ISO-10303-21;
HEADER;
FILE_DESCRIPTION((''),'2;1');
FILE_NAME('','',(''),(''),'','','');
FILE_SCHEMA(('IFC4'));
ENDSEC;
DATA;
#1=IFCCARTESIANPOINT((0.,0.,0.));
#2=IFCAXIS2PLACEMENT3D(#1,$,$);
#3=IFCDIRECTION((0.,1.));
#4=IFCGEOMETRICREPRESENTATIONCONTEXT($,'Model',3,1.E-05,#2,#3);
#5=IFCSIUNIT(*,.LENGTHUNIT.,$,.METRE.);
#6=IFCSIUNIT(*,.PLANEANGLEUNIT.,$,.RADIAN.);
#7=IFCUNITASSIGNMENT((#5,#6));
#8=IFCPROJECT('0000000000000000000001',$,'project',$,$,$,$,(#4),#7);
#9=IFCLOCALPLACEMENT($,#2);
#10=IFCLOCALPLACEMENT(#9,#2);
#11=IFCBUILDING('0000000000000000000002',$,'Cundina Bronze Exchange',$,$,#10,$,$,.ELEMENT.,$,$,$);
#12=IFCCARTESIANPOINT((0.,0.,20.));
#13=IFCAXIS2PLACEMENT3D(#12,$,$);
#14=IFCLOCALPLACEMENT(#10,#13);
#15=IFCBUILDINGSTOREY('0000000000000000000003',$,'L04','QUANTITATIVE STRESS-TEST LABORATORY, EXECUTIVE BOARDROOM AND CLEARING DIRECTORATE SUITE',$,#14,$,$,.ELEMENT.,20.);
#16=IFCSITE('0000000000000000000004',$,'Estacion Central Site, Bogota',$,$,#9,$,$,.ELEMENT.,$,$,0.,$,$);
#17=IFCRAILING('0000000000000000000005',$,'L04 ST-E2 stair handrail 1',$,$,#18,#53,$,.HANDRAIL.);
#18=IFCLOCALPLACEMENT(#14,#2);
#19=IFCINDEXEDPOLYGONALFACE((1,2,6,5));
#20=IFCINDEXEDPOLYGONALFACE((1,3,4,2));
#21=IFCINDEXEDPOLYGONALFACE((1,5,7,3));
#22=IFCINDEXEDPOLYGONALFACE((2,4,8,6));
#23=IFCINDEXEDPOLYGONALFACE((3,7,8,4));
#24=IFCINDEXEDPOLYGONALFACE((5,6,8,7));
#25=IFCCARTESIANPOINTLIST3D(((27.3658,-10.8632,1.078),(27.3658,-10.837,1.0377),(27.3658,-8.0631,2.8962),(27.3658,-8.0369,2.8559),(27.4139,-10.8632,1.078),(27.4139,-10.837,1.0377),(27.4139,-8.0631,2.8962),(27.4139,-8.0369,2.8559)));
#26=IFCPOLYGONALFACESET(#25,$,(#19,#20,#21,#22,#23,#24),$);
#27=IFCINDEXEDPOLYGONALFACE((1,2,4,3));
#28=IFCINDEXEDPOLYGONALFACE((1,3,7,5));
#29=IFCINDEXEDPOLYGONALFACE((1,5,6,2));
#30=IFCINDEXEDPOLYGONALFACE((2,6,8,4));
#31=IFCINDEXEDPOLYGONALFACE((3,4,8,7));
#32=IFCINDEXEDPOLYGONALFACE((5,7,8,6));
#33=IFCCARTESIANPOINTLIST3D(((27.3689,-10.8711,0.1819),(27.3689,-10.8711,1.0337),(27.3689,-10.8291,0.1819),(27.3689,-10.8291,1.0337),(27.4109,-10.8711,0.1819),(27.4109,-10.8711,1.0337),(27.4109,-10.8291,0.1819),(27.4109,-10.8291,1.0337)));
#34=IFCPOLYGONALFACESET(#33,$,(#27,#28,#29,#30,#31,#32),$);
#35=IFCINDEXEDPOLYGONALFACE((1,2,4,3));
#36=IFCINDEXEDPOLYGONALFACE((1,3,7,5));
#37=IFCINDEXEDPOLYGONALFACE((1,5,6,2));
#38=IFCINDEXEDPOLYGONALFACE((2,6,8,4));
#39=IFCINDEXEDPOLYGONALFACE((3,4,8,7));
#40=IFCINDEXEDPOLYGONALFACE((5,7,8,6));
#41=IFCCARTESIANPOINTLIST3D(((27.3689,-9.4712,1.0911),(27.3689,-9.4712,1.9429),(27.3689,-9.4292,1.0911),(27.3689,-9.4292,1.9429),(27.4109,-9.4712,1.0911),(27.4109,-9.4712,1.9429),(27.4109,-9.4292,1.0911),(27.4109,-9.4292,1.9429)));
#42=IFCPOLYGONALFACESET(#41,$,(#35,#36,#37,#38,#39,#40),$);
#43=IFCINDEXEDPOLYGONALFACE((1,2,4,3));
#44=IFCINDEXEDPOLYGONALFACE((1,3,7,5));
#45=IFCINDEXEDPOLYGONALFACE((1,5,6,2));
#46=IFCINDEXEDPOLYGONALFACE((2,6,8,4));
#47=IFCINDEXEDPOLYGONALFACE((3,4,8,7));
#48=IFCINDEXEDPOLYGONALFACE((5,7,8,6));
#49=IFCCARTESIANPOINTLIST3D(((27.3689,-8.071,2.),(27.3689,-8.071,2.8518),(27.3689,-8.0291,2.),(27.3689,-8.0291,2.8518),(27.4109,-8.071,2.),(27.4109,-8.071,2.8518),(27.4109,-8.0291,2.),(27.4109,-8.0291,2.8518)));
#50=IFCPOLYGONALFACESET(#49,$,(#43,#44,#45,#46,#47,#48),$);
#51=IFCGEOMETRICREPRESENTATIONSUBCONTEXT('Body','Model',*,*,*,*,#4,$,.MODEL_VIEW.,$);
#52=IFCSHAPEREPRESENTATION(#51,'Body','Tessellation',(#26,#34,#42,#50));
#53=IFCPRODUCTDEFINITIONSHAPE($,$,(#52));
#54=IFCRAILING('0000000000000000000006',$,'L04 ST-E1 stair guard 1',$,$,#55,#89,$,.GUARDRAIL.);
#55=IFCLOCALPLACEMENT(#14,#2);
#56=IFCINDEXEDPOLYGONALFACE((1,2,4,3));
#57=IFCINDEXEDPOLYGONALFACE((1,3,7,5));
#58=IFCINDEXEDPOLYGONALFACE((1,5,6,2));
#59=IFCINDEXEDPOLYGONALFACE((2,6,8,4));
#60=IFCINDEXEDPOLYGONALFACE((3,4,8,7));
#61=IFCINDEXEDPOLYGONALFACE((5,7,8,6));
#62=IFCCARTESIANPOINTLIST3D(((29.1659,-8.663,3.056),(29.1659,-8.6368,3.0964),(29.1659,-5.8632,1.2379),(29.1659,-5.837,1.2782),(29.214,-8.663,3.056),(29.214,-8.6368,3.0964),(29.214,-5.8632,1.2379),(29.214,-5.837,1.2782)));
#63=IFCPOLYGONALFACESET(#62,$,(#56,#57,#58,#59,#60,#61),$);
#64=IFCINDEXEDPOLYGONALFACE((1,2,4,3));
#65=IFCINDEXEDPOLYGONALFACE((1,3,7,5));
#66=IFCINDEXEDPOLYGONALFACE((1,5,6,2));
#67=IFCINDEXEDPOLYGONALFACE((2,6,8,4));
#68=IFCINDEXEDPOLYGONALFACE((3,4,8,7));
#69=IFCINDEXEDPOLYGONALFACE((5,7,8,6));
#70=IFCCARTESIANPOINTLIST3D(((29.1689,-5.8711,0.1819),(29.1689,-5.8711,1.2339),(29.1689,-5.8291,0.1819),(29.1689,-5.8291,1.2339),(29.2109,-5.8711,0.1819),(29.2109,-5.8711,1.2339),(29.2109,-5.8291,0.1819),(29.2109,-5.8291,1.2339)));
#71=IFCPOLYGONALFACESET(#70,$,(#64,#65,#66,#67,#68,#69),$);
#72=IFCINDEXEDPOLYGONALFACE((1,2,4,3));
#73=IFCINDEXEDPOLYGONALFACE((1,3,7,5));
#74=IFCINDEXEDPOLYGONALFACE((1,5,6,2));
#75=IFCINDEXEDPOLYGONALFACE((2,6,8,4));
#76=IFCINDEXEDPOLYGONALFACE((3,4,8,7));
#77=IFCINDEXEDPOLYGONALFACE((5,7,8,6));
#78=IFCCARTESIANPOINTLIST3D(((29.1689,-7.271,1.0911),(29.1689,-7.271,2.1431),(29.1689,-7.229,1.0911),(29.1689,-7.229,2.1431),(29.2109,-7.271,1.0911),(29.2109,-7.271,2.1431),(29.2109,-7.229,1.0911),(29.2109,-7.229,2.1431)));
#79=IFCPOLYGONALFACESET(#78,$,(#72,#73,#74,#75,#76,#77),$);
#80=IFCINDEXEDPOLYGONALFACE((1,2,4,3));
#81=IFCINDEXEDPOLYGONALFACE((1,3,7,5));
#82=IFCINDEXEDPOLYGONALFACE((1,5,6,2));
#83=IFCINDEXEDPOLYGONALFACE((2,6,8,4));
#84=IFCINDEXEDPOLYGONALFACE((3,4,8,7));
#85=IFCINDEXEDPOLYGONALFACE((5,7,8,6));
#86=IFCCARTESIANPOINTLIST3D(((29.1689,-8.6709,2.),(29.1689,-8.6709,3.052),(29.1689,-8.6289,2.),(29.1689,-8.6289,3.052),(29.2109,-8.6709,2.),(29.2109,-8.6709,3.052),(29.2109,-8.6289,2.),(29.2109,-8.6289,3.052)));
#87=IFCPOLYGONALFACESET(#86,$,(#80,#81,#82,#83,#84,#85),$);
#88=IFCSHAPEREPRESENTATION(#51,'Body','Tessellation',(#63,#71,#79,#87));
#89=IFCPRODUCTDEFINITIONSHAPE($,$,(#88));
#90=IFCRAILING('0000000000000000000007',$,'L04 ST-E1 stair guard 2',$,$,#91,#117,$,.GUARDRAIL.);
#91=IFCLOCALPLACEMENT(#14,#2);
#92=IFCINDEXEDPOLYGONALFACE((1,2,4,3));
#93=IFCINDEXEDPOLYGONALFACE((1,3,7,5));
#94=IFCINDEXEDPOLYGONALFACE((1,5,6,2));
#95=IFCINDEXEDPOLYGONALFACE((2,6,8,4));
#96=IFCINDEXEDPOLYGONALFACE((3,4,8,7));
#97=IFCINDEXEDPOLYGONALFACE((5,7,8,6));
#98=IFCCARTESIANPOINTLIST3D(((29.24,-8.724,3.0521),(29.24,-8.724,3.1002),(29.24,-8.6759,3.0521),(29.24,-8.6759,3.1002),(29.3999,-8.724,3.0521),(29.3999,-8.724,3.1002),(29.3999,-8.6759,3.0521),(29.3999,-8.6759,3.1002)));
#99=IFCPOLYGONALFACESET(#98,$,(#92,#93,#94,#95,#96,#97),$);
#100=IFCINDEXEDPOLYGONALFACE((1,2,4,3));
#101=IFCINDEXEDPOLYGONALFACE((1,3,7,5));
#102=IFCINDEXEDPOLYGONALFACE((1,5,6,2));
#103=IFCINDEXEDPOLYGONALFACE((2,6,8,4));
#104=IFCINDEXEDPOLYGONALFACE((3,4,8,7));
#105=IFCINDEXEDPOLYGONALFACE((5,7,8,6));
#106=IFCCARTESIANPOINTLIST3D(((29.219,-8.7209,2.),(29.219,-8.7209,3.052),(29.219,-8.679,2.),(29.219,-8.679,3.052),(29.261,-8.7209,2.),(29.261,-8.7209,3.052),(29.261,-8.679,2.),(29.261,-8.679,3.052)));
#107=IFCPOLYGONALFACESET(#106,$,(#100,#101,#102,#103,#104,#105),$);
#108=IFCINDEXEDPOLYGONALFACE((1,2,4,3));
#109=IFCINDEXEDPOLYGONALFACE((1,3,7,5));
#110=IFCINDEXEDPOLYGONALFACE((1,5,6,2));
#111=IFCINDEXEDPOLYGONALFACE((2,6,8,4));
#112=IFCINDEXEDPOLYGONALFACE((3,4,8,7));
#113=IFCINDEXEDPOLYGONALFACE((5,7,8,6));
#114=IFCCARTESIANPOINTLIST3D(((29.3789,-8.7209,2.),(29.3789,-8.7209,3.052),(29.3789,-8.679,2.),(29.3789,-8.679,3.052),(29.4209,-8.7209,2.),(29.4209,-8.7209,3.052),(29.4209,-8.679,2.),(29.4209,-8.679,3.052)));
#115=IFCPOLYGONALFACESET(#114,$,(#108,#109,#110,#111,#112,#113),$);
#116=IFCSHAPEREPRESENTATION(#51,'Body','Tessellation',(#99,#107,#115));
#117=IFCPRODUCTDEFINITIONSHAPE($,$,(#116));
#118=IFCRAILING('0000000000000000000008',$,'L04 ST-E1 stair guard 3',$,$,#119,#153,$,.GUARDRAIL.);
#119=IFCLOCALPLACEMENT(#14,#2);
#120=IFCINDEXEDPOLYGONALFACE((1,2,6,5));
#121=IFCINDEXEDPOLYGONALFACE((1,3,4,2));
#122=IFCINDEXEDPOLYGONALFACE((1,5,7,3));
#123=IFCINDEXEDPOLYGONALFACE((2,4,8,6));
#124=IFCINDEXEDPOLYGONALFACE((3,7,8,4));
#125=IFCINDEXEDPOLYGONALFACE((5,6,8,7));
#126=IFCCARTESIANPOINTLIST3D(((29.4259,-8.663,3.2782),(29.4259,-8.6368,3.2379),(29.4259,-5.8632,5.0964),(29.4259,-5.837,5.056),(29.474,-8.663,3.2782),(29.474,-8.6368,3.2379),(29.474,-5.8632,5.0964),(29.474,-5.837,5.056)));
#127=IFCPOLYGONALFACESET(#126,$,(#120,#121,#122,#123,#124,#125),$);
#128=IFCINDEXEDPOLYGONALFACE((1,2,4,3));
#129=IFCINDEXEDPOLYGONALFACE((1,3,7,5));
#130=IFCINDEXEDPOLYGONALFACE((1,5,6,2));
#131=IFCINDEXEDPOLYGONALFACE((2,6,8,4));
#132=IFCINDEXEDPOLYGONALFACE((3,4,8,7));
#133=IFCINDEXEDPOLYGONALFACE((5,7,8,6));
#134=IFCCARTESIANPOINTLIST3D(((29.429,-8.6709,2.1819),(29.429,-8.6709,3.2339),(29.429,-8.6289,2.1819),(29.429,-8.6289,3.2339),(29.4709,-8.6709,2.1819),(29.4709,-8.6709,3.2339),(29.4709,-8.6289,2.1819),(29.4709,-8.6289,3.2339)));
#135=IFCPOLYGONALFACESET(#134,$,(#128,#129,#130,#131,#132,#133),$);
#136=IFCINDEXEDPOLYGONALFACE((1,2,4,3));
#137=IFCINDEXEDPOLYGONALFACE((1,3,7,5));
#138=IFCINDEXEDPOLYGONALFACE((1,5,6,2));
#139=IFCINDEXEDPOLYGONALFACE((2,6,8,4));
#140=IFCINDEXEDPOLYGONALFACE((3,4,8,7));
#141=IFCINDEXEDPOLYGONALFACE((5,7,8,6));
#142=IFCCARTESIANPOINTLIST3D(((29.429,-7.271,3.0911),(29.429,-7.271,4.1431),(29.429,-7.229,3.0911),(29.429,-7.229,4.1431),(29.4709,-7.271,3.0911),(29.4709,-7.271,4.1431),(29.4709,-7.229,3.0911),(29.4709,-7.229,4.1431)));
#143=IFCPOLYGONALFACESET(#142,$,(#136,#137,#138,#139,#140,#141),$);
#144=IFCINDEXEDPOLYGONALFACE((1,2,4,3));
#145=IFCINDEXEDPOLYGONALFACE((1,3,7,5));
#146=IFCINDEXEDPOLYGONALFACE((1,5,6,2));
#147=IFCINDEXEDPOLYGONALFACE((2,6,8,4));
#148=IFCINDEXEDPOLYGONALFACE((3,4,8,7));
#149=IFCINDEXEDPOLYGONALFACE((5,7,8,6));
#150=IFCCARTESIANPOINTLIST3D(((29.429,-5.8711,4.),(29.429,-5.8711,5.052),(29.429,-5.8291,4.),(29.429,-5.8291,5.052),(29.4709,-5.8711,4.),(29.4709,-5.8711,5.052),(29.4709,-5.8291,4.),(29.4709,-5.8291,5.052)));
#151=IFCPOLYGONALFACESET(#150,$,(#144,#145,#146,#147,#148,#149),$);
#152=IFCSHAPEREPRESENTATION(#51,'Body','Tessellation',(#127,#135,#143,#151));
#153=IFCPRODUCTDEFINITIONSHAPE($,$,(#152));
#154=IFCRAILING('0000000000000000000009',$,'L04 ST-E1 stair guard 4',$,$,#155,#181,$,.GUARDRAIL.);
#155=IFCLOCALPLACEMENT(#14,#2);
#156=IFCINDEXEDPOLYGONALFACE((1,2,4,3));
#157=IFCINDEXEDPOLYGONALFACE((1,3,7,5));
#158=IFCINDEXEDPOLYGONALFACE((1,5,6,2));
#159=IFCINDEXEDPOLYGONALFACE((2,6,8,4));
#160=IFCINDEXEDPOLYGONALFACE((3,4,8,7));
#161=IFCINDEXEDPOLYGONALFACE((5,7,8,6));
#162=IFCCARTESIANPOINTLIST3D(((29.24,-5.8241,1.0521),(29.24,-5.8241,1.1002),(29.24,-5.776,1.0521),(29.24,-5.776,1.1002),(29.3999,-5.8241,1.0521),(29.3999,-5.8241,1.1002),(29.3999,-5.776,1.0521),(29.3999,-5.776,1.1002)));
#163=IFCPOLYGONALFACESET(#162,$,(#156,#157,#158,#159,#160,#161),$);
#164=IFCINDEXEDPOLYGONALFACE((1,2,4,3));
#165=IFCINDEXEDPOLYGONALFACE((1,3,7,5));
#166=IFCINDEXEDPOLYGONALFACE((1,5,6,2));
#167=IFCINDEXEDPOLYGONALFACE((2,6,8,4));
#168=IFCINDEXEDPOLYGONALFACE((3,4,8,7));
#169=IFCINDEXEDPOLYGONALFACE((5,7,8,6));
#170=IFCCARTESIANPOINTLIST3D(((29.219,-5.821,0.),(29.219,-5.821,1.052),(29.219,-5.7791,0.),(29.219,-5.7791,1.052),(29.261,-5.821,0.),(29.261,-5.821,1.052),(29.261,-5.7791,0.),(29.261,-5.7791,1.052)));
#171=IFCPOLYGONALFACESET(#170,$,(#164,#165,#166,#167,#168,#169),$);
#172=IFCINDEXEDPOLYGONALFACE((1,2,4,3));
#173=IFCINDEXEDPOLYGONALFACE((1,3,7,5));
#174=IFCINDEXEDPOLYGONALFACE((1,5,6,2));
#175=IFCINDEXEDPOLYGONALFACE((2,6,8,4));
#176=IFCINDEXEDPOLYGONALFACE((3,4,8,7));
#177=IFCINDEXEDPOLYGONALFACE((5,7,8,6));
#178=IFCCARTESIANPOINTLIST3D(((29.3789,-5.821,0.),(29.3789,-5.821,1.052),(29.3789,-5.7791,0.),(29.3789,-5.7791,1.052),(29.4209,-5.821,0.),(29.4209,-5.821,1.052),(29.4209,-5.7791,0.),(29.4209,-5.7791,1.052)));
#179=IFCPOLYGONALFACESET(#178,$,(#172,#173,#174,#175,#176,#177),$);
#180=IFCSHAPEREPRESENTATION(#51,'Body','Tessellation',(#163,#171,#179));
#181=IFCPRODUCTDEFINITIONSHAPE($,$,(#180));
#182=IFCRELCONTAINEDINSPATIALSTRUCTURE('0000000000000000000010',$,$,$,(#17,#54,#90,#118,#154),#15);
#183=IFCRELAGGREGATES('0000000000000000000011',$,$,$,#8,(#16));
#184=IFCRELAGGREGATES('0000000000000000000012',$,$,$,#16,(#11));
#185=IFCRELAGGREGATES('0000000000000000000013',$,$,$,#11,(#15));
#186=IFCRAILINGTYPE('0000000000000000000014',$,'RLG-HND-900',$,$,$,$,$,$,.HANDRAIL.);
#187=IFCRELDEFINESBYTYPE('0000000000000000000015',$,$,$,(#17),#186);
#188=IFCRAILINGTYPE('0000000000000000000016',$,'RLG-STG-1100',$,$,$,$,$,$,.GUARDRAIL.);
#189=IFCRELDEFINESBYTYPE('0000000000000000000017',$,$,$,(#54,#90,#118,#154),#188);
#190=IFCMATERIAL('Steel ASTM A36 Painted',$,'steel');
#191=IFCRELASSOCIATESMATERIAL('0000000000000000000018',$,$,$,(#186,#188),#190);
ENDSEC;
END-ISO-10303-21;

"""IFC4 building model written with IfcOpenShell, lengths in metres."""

from ifc_helpers import new_model, si_unit, direction, frame, origin, origin_2d, place, context, subcontext, project, spatial, rectangle, extrude, material, type_object, element, save


model = new_model("IFC4")

# Units and contexts
model_context = context("Model", 3, precision=1e-05, world=origin(), true_north=direction((0.0, 1.0)))
body_context = subcontext(model_context, "Body", "Model", "MODEL_VIEW")
ifc_project = project(units=[si_unit("LENGTHUNIT", "METRE"), si_unit("PLANEANGLEUNIT", "RADIAN")], contexts=[model_context])

# Site, building, storey
site_placement = place(None, origin())
site = spatial("IfcSite", under=ifc_project, at=site_placement, Name="Estacion Central Site, Bogota", CompositionType="ELEMENT", RefElevation=0.0)
building_placement = place(site_placement, origin())
building = spatial("IfcBuilding", under=site, at=building_placement, Name="Cundina Bronze Exchange", CompositionType="ELEMENT")
storey_placement = place(building_placement, frame((0.0, 0.0, 20.0)))
storey = spatial("IfcBuildingStorey", under=building, at=storey_placement, Name="L04", Description="QUANTITATIVE STRESS-TEST LABORATORY, EXECUTIVE BOARDROOM AND CLEARING DIRECTORATE SUITE", CompositionType="ELEMENT", Elevation=20.0)

# Shared definitions
ifc_material_1 = material(Name="Steel ASTM A36 Painted", Category="steel")

# Railings
railing_type_1 = type_object("IfcRailingType", Name="RLG-HND-900", PredefinedType="HANDRAIL", material=ifc_material_1)
railing_1_placement = place(storey_placement, frame((27.3899, -10.8501, 0.1819)))
element("IfcRailing", 1, at=railing_1_placement, inside=storey, type_object=railing_type_1, Name="L04 ST-E2 stair handrail 1", PredefinedType="HANDRAIL", context=body_context, shape_type="SweptSolid", body=[
    extrude(rectangle(XDim=0.0481, YDim=0.0481, at=origin_2d()), frame((0.0, 0.0, 0.876), z_axis=(0.0, 0.838706, 0.544585), x_axis=(-1.0, 0.0, 0.0)), (0.0, 0.0, 1.0), 3.3386),
    extrude(rectangle(XDim=0.042, YDim=0.042, at=origin_2d()), origin(), (0.0, 0.0, 1.0), 0.8518),
    extrude(rectangle(XDim=0.042, YDim=0.042, at=origin_2d()), frame((0.0, 1.3999, 0.9092)), (0.0, 0.0, 1.0), 0.8518),
    extrude(rectangle(XDim=0.042, YDim=0.042, at=origin_2d()), frame((0.0, 2.8, 1.8181)), (0.0, 0.0, 1.0), 0.8518),
])
railing_type_2 = type_object("IfcRailingType", Name="RLG-STG-1100", PredefinedType="GUARDRAIL", material=ifc_material_1)
railing_2_placement = place(storey_placement, frame((29.1899, -5.8501, 0.1819)))
element("IfcRailing", 2, at=railing_2_placement, inside=storey, type_object=railing_type_2, Name="L04 ST-E1 stair guard 1", PredefinedType="GUARDRAIL", context=body_context, shape_type="SweptSolid", body=[
    extrude(rectangle(XDim=0.0481, YDim=0.0481, at=origin_2d()), frame((0.0, 0.0, 1.0762), z_axis=(0.0, -0.838684, 0.544618), x_axis=(1.0, 0.0, 0.0)), (0.0, 0.0, 1.0), 3.3384),
    extrude(rectangle(XDim=0.042, YDim=0.042, at=origin_2d()), origin(), (0.0, 0.0, 1.0), 1.052),
    extrude(rectangle(XDim=0.042, YDim=0.042, at=origin_2d()), frame((0.0, -1.3999, 0.9092)), (0.0, 0.0, 1.0), 1.052),
    extrude(rectangle(XDim=0.042, YDim=0.042, at=origin_2d()), frame((0.0, -2.7998, 1.8181)), (0.0, 0.0, 1.0), 1.052),
])
railing_3_placement = place(storey_placement, frame((29.24, -8.7, 2.0)))
element("IfcRailing", 3, at=railing_3_placement, inside=storey, type_object=railing_type_2, Name="L04 ST-E1 stair guard 2", PredefinedType="GUARDRAIL", context=body_context, shape_type="SweptSolid", body=[
    extrude(rectangle(XDim=0.0481, YDim=0.0481, at=origin_2d()), frame((0.0, 0.0, 1.0762), z_axis=(1.0, 0.0, 0.0), x_axis=(0.0, 1.0, 0.0)), (0.0, 0.0, 1.0), 0.1599),
    extrude(rectangle(XDim=0.042, YDim=0.042, at=origin_2d()), origin(), (0.0, 0.0, 1.0), 1.052),
    extrude(rectangle(XDim=0.042, YDim=0.042, at=origin_2d()), frame((0.1599, 0.0, 0.0)), (0.0, 0.0, 1.0), 1.052),
])
railing_4_placement = place(storey_placement, frame((29.45, -8.6499, 2.1819)))
element("IfcRailing", 4, at=railing_4_placement, inside=storey, type_object=railing_type_2, Name="L04 ST-E1 stair guard 3", PredefinedType="GUARDRAIL", context=body_context, shape_type="SweptSolid", body=[
    extrude(rectangle(XDim=0.0481, YDim=0.0481, at=origin_2d()), frame((0.0, 0.0, 1.0762), z_axis=(0.0, 0.838684, 0.544618), x_axis=(-1.0, 0.0, 0.0)), (0.0, 0.0, 1.0), 3.3384),
    extrude(rectangle(XDim=0.042, YDim=0.042, at=origin_2d()), origin(), (0.0, 0.0, 1.0), 1.052),
    extrude(rectangle(XDim=0.042, YDim=0.042, at=origin_2d()), frame((0.0, 1.3999, 0.9092)), (0.0, 0.0, 1.0), 1.052),
    extrude(rectangle(XDim=0.042, YDim=0.042, at=origin_2d()), frame((0.0, 2.7998, 1.8181)), (0.0, 0.0, 1.0), 1.052),
])
railing_5_placement = place(storey_placement, frame((29.24, -5.8, 0.0)))
element("IfcRailing", 5, at=railing_5_placement, inside=storey, type_object=railing_type_2, Name="L04 ST-E1 stair guard 4", PredefinedType="GUARDRAIL", context=body_context, shape_type="SweptSolid", body=[
    extrude(rectangle(XDim=0.0481, YDim=0.0481, at=origin_2d()), frame((0.0, 0.0, 1.0762), z_axis=(1.0, 0.0, 0.0), x_axis=(0.0, 1.0, 0.0)), (0.0, 0.0, 1.0), 0.1599),
    extrude(rectangle(XDim=0.042, YDim=0.042, at=origin_2d()), origin(), (0.0, 0.0, 1.0), 1.052),
    extrude(rectangle(XDim=0.042, YDim=0.042, at=origin_2d()), frame((0.1599, 0.0, 0.0)), (0.0, 0.0, 1.0), 1.052),
])

save(model, "model.ifc")
